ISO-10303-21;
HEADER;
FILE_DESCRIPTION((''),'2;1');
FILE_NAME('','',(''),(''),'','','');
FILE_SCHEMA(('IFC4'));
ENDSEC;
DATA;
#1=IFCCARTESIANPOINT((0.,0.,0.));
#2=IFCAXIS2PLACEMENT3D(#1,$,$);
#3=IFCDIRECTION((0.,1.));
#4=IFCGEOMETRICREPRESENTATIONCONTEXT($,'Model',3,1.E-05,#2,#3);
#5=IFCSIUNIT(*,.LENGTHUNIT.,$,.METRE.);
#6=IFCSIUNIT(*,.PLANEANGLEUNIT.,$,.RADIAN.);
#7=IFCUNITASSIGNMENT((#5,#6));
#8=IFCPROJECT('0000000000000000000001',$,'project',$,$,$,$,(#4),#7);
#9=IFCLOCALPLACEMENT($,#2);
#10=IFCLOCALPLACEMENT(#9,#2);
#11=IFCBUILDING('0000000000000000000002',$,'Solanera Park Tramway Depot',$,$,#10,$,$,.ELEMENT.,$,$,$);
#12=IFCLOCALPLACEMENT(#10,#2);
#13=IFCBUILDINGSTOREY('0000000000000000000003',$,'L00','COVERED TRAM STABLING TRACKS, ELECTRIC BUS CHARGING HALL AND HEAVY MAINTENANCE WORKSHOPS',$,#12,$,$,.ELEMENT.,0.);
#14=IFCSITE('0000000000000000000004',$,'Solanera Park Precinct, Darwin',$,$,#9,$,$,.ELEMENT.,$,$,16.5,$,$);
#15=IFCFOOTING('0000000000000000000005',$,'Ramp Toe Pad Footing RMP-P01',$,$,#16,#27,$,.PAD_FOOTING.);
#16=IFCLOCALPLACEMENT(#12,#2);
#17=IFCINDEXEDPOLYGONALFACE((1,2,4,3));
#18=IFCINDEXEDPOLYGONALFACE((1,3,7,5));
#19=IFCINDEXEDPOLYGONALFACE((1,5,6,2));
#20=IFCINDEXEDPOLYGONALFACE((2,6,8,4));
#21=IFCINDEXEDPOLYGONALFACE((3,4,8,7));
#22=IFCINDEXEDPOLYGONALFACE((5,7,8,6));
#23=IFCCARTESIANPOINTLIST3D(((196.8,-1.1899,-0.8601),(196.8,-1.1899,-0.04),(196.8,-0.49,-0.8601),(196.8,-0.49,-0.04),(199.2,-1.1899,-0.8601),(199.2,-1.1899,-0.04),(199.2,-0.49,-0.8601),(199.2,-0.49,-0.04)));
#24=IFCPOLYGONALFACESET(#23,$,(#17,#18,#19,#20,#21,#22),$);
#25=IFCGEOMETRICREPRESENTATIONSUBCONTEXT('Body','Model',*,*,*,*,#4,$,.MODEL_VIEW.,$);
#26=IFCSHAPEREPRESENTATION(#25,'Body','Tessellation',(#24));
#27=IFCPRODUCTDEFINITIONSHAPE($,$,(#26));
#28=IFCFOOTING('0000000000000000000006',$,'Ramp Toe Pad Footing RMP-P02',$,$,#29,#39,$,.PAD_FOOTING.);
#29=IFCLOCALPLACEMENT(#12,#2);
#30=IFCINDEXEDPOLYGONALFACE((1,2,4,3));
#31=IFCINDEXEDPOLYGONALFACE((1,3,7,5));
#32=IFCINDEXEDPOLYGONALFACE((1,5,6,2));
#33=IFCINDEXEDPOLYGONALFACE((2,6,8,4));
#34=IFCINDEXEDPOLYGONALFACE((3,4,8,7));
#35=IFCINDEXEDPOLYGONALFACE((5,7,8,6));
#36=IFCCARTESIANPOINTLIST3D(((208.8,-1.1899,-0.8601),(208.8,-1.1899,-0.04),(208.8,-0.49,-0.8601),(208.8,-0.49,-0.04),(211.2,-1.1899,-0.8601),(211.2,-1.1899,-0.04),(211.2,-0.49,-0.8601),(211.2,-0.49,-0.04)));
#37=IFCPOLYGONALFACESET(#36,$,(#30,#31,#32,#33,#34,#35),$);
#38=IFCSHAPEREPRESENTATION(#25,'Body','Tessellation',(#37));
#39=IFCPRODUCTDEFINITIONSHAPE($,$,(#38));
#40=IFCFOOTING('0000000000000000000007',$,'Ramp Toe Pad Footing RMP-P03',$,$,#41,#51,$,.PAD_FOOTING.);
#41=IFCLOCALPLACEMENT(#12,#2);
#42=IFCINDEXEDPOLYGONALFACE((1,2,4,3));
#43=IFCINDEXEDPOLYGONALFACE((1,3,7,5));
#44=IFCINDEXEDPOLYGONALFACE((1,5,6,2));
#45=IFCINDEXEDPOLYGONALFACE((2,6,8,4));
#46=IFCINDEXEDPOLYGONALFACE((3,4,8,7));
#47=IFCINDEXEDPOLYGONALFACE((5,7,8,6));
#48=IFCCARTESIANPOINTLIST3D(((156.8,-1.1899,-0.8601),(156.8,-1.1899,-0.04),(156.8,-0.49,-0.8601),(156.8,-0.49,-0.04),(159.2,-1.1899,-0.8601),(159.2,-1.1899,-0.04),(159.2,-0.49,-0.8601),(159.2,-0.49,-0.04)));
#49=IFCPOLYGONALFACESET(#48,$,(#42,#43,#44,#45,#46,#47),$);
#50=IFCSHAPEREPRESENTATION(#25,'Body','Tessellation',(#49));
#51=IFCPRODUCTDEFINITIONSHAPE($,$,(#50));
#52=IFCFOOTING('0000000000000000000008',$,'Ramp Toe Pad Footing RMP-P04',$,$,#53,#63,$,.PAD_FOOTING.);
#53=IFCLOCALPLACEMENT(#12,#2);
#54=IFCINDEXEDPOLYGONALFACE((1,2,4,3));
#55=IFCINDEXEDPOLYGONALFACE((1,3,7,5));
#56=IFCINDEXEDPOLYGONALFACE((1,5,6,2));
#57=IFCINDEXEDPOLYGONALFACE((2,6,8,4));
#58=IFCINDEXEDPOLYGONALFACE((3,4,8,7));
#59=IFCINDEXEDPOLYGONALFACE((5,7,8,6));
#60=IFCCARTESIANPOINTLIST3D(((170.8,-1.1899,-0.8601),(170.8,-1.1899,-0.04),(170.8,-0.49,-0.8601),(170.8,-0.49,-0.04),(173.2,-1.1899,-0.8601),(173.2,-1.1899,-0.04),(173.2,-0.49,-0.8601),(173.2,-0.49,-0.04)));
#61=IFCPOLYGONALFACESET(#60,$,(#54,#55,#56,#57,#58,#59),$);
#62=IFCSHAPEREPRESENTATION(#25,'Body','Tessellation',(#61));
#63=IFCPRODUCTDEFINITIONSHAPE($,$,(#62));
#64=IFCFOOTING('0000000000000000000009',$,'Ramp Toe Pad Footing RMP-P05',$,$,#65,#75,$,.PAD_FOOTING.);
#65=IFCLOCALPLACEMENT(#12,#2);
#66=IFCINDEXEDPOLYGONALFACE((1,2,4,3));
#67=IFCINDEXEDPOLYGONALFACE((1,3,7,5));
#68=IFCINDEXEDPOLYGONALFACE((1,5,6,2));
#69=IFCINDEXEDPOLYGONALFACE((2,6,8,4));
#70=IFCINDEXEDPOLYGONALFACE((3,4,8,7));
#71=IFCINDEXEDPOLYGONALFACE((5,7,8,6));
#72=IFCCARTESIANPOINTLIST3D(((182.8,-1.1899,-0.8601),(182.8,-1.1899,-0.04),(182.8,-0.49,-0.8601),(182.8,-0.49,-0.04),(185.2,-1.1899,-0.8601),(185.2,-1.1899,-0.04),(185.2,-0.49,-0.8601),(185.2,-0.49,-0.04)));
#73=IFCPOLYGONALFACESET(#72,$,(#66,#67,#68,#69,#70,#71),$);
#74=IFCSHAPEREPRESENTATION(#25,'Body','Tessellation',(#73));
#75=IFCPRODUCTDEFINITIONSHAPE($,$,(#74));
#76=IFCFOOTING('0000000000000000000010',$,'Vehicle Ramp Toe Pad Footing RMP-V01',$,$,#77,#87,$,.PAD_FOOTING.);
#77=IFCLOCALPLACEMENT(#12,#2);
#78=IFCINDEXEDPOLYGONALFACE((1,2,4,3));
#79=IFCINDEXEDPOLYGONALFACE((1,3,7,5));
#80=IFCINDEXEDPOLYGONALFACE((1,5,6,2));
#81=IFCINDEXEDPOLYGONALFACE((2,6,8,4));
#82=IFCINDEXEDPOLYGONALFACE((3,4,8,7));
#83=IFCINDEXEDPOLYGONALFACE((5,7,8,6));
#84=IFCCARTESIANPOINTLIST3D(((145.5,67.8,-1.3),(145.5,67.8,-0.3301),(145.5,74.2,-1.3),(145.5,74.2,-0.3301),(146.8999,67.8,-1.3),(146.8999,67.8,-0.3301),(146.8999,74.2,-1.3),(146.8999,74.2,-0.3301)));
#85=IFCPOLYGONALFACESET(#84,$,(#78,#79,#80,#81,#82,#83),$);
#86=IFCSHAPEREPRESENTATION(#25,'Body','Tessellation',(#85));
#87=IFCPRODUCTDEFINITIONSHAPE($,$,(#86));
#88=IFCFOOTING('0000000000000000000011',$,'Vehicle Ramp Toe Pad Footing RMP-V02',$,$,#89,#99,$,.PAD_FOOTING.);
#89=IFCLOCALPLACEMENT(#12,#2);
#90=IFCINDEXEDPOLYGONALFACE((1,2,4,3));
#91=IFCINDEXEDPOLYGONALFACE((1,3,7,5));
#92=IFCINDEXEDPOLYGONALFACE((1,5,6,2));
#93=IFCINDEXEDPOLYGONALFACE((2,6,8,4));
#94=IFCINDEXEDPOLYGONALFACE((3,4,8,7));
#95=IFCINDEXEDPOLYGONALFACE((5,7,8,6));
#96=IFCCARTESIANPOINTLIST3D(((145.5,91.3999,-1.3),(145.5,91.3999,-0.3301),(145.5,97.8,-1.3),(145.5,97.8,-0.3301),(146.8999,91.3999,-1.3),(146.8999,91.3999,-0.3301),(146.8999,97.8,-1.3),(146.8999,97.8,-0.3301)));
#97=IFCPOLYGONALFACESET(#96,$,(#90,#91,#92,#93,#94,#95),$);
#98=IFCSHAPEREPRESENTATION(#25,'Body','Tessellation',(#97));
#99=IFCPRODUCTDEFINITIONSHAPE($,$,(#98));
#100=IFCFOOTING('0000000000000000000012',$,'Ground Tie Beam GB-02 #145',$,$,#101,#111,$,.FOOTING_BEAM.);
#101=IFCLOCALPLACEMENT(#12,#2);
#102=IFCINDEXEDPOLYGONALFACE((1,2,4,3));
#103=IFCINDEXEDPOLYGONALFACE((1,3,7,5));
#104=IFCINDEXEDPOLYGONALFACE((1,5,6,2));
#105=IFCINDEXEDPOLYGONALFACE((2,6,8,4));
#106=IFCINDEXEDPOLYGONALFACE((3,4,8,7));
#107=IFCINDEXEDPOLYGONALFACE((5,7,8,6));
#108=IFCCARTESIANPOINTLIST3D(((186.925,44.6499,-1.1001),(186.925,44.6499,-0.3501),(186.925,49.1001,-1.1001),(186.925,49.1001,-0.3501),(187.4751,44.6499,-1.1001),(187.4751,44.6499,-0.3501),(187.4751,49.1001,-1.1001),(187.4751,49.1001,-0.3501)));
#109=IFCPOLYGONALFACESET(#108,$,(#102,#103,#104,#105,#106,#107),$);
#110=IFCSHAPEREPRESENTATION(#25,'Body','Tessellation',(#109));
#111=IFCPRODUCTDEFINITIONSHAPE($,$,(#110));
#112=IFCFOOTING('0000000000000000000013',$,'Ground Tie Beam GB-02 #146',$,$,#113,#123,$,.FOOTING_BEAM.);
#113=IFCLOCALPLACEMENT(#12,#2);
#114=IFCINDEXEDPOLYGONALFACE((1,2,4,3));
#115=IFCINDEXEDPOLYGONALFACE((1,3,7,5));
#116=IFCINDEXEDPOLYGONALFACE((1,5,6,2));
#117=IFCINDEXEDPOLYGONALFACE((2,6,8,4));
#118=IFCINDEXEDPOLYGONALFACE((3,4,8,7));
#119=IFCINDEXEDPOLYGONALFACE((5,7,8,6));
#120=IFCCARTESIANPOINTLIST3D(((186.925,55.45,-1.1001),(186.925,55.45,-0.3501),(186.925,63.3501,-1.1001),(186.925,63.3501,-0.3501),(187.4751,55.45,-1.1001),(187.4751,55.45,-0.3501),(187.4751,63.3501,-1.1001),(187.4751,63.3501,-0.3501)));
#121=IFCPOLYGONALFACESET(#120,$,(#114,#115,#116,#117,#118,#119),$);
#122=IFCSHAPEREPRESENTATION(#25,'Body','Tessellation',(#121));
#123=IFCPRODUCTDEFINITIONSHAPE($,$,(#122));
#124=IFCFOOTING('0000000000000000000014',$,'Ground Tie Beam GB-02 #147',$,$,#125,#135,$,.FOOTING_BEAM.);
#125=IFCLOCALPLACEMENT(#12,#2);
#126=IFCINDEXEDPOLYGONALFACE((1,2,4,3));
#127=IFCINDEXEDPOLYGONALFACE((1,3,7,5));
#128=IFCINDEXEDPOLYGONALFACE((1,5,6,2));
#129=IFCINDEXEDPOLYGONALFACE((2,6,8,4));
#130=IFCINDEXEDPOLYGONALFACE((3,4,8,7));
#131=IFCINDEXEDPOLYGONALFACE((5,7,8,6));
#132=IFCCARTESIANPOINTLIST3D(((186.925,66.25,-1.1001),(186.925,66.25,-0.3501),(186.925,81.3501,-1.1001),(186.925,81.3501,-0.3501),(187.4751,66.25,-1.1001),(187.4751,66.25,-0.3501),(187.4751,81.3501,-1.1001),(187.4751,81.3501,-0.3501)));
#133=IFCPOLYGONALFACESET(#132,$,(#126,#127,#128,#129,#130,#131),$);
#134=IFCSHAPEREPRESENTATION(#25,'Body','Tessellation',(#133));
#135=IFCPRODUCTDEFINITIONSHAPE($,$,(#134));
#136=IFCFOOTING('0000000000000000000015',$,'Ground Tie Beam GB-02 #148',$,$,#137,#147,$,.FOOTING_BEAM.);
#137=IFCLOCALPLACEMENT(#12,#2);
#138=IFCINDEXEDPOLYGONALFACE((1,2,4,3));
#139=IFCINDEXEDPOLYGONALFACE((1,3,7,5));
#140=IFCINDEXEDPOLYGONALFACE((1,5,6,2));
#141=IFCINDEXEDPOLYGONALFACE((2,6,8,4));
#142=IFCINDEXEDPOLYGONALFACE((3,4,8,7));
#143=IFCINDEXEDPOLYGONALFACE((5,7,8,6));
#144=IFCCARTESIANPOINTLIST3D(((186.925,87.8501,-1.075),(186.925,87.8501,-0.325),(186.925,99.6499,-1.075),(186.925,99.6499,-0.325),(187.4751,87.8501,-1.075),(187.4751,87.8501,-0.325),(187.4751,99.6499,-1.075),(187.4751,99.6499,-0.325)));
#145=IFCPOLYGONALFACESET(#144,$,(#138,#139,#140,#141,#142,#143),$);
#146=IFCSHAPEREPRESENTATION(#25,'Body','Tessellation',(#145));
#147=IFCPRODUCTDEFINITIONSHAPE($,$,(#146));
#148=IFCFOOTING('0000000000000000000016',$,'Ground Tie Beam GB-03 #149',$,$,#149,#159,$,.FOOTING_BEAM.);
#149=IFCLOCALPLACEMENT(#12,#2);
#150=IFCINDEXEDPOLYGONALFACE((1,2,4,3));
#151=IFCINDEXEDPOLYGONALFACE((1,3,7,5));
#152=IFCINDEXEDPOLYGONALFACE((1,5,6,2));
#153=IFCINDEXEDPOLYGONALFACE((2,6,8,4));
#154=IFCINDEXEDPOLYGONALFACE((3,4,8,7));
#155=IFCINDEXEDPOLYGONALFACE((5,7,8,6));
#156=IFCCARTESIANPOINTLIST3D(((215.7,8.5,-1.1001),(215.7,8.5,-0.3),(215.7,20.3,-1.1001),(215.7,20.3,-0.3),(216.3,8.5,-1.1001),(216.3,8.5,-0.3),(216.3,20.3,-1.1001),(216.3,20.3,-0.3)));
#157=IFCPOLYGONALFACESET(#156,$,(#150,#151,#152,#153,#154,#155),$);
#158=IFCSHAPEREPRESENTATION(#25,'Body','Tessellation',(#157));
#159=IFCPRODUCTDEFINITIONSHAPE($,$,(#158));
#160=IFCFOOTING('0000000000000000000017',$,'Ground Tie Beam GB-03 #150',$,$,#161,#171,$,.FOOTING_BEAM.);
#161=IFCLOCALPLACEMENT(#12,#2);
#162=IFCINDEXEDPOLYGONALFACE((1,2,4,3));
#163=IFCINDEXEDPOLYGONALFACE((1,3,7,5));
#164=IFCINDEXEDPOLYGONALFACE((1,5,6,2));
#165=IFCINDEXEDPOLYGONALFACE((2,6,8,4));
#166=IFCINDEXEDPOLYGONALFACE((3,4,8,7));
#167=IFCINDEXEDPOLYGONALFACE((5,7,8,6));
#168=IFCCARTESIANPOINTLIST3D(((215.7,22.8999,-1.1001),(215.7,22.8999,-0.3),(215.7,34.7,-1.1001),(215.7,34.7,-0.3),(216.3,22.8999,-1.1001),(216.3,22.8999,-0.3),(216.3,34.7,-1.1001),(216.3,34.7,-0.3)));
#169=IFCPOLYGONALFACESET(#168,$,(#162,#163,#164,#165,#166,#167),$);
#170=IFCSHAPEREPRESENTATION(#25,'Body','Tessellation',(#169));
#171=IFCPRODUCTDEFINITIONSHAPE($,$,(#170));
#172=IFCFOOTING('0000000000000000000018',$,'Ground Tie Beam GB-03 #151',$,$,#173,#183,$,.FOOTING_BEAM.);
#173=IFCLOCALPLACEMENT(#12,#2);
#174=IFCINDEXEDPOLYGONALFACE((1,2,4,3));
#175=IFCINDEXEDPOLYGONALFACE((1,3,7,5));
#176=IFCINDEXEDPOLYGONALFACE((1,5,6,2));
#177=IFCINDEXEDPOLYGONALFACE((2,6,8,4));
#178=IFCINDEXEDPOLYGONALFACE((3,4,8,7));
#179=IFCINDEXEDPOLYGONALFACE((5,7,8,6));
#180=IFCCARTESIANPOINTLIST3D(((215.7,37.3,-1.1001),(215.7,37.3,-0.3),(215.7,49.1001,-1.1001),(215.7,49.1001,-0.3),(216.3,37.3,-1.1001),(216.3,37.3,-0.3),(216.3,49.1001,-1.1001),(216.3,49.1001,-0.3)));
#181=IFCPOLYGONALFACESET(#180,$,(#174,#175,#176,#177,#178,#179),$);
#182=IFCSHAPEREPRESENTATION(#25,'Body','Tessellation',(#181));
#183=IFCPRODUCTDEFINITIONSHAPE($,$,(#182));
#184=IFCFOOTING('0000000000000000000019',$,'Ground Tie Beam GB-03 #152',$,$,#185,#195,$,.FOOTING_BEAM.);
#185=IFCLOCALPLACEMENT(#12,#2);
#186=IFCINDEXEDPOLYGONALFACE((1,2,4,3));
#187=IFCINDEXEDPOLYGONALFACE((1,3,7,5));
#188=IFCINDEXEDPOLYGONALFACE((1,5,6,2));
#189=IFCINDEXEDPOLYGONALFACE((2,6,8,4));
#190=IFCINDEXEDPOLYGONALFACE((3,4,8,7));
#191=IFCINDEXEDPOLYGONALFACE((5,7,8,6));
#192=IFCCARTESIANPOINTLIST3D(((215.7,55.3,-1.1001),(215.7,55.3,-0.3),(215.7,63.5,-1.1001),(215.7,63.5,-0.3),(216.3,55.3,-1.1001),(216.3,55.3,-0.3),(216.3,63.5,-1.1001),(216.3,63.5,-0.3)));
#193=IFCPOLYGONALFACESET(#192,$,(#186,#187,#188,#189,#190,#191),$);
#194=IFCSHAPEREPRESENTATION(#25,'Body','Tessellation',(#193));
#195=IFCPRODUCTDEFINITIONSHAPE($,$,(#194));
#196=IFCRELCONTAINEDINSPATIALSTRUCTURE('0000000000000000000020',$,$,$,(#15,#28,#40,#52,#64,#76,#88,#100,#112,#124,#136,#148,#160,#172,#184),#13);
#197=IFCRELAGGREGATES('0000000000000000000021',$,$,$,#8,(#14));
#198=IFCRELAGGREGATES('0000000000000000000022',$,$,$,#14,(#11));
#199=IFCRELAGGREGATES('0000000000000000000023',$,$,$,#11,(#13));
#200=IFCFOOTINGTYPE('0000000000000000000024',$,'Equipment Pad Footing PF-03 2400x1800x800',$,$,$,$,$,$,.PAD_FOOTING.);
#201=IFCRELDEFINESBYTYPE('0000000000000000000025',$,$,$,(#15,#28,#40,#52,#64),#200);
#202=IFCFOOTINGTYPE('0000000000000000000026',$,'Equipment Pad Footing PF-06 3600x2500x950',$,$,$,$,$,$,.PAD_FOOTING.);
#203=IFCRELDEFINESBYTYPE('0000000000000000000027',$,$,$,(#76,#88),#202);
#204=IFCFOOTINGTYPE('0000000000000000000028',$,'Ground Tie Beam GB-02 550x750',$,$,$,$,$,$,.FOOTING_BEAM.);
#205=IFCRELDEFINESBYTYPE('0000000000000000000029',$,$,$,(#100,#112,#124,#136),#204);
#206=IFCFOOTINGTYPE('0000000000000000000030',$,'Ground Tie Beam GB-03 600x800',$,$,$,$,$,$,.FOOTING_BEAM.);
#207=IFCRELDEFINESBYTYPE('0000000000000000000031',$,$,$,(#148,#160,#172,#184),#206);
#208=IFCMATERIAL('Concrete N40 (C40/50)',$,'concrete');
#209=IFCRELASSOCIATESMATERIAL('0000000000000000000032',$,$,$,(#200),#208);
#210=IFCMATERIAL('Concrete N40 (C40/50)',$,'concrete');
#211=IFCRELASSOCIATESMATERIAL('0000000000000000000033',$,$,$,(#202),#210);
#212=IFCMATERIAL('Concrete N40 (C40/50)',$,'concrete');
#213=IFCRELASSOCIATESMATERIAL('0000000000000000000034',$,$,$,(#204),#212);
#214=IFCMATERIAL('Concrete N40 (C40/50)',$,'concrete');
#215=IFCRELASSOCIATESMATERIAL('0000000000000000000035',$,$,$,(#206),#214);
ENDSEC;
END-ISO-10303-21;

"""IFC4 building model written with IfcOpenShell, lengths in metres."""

from ifc_helpers import new_model, si_unit, direction, frame, origin, place, context, subcontext, project, spatial, polyline, outline, extrude, material, type_object, element, save


model = new_model("IFC4")

# Units and contexts
model_context = context("Model", 3, precision=1e-05, world=origin(), true_north=direction((0.0, 1.0)))
body_context = subcontext(model_context, "Body", "Model", "MODEL_VIEW")
ifc_project = project(units=[si_unit("LENGTHUNIT", "METRE"), si_unit("PLANEANGLEUNIT", "RADIAN")], contexts=[model_context])

# Site, building, storey
site_placement = place(None, origin())
site = spatial("IfcSite", under=ifc_project, at=site_placement, Name="Solanera Park Precinct, Darwin", CompositionType="ELEMENT", RefElevation=16.5)
building_placement = place(site_placement, origin())
building = spatial("IfcBuilding", under=site, at=building_placement, Name="Solanera Park Tramway Depot", CompositionType="ELEMENT")
storey_placement = place(building_placement, origin())
storey = spatial("IfcBuildingStorey", under=building, at=storey_placement, Name="L00", Description="COVERED TRAM STABLING TRACKS, ELECTRIC BUS CHARGING HALL AND HEAVY MAINTENANCE WORKSHOPS", CompositionType="ELEMENT", Elevation=0.0)

# Footings
ifc_material_1 = material(Name="Concrete N40 (C40/50)", Category="concrete")
footing_type_1 = type_object("IfcFootingType", Name="Equipment Pad Footing PF-03 2400x1800x800", PredefinedType="PAD_FOOTING", material=ifc_material_1)
footing_1_placement = place(storey_placement, frame((0.0, 0.0, -0.8601)))
element("IfcFooting", 1, at=footing_1_placement, inside=storey, type_object=footing_type_1, Name="Ramp Toe Pad Footing RMP-P01", PredefinedType="PAD_FOOTING", context=body_context, shape_type="SweptSolid", body=[
    extrude(outline(polyline([(196.8, -1.1899), (199.2, -1.1899), (199.2, -0.49), (196.8, -0.49), (196.8, -1.1899)])), origin(), (0.0, 0.0, 1.0), 0.8201),
])
footing_2_placement = place(storey_placement, frame((0.0, 0.0, -0.8601)))
element("IfcFooting", 2, at=footing_2_placement, inside=storey, type_object=footing_type_1, Name="Ramp Toe Pad Footing RMP-P02", PredefinedType="PAD_FOOTING", context=body_context, shape_type="SweptSolid", body=[
    extrude(outline(polyline([(208.8, -1.1899), (211.2, -1.1899), (211.2, -0.49), (208.8, -0.49), (208.8, -1.1899)])), origin(), (0.0, 0.0, 1.0), 0.8201),
])
footing_3_placement = place(storey_placement, frame((0.0, 0.0, -0.8601)))
element("IfcFooting", 3, at=footing_3_placement, inside=storey, type_object=footing_type_1, Name="Ramp Toe Pad Footing RMP-P03", PredefinedType="PAD_FOOTING", context=body_context, shape_type="SweptSolid", body=[
    extrude(outline(polyline([(156.8, -1.1899), (159.2, -1.1899), (159.2, -0.49), (156.8, -0.49), (156.8, -1.1899)])), origin(), (0.0, 0.0, 1.0), 0.8201),
])
footing_4_placement = place(storey_placement, frame((0.0, 0.0, -0.8601)))
element("IfcFooting", 4, at=footing_4_placement, inside=storey, type_object=footing_type_1, Name="Ramp Toe Pad Footing RMP-P04", PredefinedType="PAD_FOOTING", context=body_context, shape_type="SweptSolid", body=[
    extrude(outline(polyline([(170.8, -1.1899), (173.2, -1.1899), (173.2, -0.49), (170.8, -0.49), (170.8, -1.1899)])), origin(), (0.0, 0.0, 1.0), 0.8201),
])
footing_5_placement = place(storey_placement, frame((0.0, 0.0, -0.8601)))
element("IfcFooting", 5, at=footing_5_placement, inside=storey, type_object=footing_type_1, Name="Ramp Toe Pad Footing RMP-P05", PredefinedType="PAD_FOOTING", context=body_context, shape_type="SweptSolid", body=[
    extrude(outline(polyline([(182.8, -1.1899), (185.2, -1.1899), (185.2, -0.49), (182.8, -0.49), (182.8, -1.1899)])), origin(), (0.0, 0.0, 1.0), 0.8201),
])
ifc_material_2 = material(Name="Concrete N40 (C40/50)", Category="concrete")
footing_type_2 = type_object("IfcFootingType", Name="Equipment Pad Footing PF-06 3600x2500x950", PredefinedType="PAD_FOOTING", material=ifc_material_2)
footing_6_placement = place(storey_placement, frame((0.0, 0.0, -1.3)))
element("IfcFooting", 6, at=footing_6_placement, inside=storey, type_object=footing_type_2, Name="Vehicle Ramp Toe Pad Footing RMP-V01", PredefinedType="PAD_FOOTING", context=body_context, shape_type="SweptSolid", body=[
    extrude(outline(polyline([(145.5, 67.8), (146.8999, 67.8), (146.8999, 74.2), (145.5, 74.2), (145.5, 67.8)])), origin(), (0.0, 0.0, 1.0), 0.97),
])
footing_7_placement = place(storey_placement, frame((0.0, 0.0, -1.3)))
element("IfcFooting", 7, at=footing_7_placement, inside=storey, type_object=footing_type_2, Name="Vehicle Ramp Toe Pad Footing RMP-V02", PredefinedType="PAD_FOOTING", context=body_context, shape_type="SweptSolid", body=[
    extrude(outline(polyline([(145.5, 91.3999), (146.8999, 91.3999), (146.8999, 97.8), (145.5, 97.8), (145.5, 91.3999)])), origin(), (0.0, 0.0, 1.0), 0.97),
])
ifc_material_3 = material(Name="Concrete N40 (C40/50)", Category="concrete")
footing_type_3 = type_object("IfcFootingType", Name="Ground Tie Beam GB-02 550x750", PredefinedType="FOOTING_BEAM", material=ifc_material_3)
footing_8_placement = place(storey_placement, frame((0.0, 0.0, -1.1001)))
element("IfcFooting", 8, at=footing_8_placement, inside=storey, type_object=footing_type_3, Name="Ground Tie Beam GB-02 #145", PredefinedType="FOOTING_BEAM", context=body_context, shape_type="SweptSolid", body=[
    extrude(outline(polyline([(187.4751, 44.6499), (187.4751, 49.1001), (186.925, 49.1001), (186.925, 44.6499), (187.4751, 44.6499)])), origin(), (0.0, 0.0, 1.0), 0.75),
])
footing_9_placement = place(storey_placement, frame((0.0, 0.0, -1.1001)))
element("IfcFooting", 9, at=footing_9_placement, inside=storey, type_object=footing_type_3, Name="Ground Tie Beam GB-02 #146", PredefinedType="FOOTING_BEAM", context=body_context, shape_type="SweptSolid", body=[
    extrude(outline(polyline([(187.4751, 55.45), (187.4751, 63.3501), (186.925, 63.3501), (186.925, 55.45), (187.4751, 55.45)])), origin(), (0.0, 0.0, 1.0), 0.75),
])
footing_10_placement = place(storey_placement, frame((0.0, 0.0, -1.1001)))
element("IfcFooting", 10, at=footing_10_placement, inside=storey, type_object=footing_type_3, Name="Ground Tie Beam GB-02 #147", PredefinedType="FOOTING_BEAM", context=body_context, shape_type="SweptSolid", body=[
    extrude(outline(polyline([(187.4751, 66.25), (187.4751, 81.3501), (186.925, 81.3501), (186.925, 66.25), (187.4751, 66.25)])), origin(), (0.0, 0.0, 1.0), 0.75),
])
footing_11_placement = place(storey_placement, frame((0.0, 0.0, -1.075)))
element("IfcFooting", 11, at=footing_11_placement, inside=storey, type_object=footing_type_3, Name="Ground Tie Beam GB-02 #148", PredefinedType="FOOTING_BEAM", context=body_context, shape_type="SweptSolid", body=[
    extrude(outline(polyline([(187.4751, 87.8501), (187.4751, 99.6499), (186.925, 99.6499), (186.925, 87.8501), (187.4751, 87.8501)])), origin(), (0.0, 0.0, 1.0), 0.75),
])
ifc_material_4 = material(Name="Concrete N40 (C40/50)", Category="concrete")
footing_type_4 = type_object("IfcFootingType", Name="Ground Tie Beam GB-03 600x800", PredefinedType="FOOTING_BEAM", material=ifc_material_4)
footing_12_placement = place(storey_placement, frame((0.0, 0.0, -1.1001)))
element("IfcFooting", 12, at=footing_12_placement, inside=storey, type_object=footing_type_4, Name="Ground Tie Beam GB-03 #149", PredefinedType="FOOTING_BEAM", context=body_context, shape_type="SweptSolid", body=[
    extrude(outline(polyline([(216.3, 8.5), (216.3, 20.3), (215.7, 20.3), (215.7, 8.5), (216.3, 8.5)])), origin(), (0.0, 0.0, 1.0), 0.8),
])
footing_13_placement = place(storey_placement, frame((0.0, 0.0, -1.1001)))
element("IfcFooting", 13, at=footing_13_placement, inside=storey, type_object=footing_type_4, Name="Ground Tie Beam GB-03 #150", PredefinedType="FOOTING_BEAM", context=body_context, shape_type="SweptSolid", body=[
    extrude(outline(polyline([(216.3, 22.8999), (216.3, 34.7), (215.7, 34.7), (215.7, 22.8999), (216.3, 22.8999)])), origin(), (0.0, 0.0, 1.0), 0.8),
])
footing_14_placement = place(storey_placement, frame((0.0, 0.0, -1.1001)))
element("IfcFooting", 14, at=footing_14_placement, inside=storey, type_object=footing_type_4, Name="Ground Tie Beam GB-03 #151", PredefinedType="FOOTING_BEAM", context=body_context, shape_type="SweptSolid", body=[
    extrude(outline(polyline([(216.3, 37.3), (216.3, 49.1001), (215.7, 49.1001), (215.7, 37.3), (216.3, 37.3)])), origin(), (0.0, 0.0, 1.0), 0.8),
])
footing_15_placement = place(storey_placement, frame((0.0, 0.0, -1.1001)))
element("IfcFooting", 15, at=footing_15_placement, inside=storey, type_object=footing_type_4, Name="Ground Tie Beam GB-03 #152", PredefinedType="FOOTING_BEAM", context=body_context, shape_type="SweptSolid", body=[
    extrude(outline(polyline([(216.3, 55.3), (216.3, 63.5), (215.7, 63.5), (215.7, 55.3), (216.3, 55.3)])), origin(), (0.0, 0.0, 1.0), 0.8),
])

save(model, "model.ifc")
